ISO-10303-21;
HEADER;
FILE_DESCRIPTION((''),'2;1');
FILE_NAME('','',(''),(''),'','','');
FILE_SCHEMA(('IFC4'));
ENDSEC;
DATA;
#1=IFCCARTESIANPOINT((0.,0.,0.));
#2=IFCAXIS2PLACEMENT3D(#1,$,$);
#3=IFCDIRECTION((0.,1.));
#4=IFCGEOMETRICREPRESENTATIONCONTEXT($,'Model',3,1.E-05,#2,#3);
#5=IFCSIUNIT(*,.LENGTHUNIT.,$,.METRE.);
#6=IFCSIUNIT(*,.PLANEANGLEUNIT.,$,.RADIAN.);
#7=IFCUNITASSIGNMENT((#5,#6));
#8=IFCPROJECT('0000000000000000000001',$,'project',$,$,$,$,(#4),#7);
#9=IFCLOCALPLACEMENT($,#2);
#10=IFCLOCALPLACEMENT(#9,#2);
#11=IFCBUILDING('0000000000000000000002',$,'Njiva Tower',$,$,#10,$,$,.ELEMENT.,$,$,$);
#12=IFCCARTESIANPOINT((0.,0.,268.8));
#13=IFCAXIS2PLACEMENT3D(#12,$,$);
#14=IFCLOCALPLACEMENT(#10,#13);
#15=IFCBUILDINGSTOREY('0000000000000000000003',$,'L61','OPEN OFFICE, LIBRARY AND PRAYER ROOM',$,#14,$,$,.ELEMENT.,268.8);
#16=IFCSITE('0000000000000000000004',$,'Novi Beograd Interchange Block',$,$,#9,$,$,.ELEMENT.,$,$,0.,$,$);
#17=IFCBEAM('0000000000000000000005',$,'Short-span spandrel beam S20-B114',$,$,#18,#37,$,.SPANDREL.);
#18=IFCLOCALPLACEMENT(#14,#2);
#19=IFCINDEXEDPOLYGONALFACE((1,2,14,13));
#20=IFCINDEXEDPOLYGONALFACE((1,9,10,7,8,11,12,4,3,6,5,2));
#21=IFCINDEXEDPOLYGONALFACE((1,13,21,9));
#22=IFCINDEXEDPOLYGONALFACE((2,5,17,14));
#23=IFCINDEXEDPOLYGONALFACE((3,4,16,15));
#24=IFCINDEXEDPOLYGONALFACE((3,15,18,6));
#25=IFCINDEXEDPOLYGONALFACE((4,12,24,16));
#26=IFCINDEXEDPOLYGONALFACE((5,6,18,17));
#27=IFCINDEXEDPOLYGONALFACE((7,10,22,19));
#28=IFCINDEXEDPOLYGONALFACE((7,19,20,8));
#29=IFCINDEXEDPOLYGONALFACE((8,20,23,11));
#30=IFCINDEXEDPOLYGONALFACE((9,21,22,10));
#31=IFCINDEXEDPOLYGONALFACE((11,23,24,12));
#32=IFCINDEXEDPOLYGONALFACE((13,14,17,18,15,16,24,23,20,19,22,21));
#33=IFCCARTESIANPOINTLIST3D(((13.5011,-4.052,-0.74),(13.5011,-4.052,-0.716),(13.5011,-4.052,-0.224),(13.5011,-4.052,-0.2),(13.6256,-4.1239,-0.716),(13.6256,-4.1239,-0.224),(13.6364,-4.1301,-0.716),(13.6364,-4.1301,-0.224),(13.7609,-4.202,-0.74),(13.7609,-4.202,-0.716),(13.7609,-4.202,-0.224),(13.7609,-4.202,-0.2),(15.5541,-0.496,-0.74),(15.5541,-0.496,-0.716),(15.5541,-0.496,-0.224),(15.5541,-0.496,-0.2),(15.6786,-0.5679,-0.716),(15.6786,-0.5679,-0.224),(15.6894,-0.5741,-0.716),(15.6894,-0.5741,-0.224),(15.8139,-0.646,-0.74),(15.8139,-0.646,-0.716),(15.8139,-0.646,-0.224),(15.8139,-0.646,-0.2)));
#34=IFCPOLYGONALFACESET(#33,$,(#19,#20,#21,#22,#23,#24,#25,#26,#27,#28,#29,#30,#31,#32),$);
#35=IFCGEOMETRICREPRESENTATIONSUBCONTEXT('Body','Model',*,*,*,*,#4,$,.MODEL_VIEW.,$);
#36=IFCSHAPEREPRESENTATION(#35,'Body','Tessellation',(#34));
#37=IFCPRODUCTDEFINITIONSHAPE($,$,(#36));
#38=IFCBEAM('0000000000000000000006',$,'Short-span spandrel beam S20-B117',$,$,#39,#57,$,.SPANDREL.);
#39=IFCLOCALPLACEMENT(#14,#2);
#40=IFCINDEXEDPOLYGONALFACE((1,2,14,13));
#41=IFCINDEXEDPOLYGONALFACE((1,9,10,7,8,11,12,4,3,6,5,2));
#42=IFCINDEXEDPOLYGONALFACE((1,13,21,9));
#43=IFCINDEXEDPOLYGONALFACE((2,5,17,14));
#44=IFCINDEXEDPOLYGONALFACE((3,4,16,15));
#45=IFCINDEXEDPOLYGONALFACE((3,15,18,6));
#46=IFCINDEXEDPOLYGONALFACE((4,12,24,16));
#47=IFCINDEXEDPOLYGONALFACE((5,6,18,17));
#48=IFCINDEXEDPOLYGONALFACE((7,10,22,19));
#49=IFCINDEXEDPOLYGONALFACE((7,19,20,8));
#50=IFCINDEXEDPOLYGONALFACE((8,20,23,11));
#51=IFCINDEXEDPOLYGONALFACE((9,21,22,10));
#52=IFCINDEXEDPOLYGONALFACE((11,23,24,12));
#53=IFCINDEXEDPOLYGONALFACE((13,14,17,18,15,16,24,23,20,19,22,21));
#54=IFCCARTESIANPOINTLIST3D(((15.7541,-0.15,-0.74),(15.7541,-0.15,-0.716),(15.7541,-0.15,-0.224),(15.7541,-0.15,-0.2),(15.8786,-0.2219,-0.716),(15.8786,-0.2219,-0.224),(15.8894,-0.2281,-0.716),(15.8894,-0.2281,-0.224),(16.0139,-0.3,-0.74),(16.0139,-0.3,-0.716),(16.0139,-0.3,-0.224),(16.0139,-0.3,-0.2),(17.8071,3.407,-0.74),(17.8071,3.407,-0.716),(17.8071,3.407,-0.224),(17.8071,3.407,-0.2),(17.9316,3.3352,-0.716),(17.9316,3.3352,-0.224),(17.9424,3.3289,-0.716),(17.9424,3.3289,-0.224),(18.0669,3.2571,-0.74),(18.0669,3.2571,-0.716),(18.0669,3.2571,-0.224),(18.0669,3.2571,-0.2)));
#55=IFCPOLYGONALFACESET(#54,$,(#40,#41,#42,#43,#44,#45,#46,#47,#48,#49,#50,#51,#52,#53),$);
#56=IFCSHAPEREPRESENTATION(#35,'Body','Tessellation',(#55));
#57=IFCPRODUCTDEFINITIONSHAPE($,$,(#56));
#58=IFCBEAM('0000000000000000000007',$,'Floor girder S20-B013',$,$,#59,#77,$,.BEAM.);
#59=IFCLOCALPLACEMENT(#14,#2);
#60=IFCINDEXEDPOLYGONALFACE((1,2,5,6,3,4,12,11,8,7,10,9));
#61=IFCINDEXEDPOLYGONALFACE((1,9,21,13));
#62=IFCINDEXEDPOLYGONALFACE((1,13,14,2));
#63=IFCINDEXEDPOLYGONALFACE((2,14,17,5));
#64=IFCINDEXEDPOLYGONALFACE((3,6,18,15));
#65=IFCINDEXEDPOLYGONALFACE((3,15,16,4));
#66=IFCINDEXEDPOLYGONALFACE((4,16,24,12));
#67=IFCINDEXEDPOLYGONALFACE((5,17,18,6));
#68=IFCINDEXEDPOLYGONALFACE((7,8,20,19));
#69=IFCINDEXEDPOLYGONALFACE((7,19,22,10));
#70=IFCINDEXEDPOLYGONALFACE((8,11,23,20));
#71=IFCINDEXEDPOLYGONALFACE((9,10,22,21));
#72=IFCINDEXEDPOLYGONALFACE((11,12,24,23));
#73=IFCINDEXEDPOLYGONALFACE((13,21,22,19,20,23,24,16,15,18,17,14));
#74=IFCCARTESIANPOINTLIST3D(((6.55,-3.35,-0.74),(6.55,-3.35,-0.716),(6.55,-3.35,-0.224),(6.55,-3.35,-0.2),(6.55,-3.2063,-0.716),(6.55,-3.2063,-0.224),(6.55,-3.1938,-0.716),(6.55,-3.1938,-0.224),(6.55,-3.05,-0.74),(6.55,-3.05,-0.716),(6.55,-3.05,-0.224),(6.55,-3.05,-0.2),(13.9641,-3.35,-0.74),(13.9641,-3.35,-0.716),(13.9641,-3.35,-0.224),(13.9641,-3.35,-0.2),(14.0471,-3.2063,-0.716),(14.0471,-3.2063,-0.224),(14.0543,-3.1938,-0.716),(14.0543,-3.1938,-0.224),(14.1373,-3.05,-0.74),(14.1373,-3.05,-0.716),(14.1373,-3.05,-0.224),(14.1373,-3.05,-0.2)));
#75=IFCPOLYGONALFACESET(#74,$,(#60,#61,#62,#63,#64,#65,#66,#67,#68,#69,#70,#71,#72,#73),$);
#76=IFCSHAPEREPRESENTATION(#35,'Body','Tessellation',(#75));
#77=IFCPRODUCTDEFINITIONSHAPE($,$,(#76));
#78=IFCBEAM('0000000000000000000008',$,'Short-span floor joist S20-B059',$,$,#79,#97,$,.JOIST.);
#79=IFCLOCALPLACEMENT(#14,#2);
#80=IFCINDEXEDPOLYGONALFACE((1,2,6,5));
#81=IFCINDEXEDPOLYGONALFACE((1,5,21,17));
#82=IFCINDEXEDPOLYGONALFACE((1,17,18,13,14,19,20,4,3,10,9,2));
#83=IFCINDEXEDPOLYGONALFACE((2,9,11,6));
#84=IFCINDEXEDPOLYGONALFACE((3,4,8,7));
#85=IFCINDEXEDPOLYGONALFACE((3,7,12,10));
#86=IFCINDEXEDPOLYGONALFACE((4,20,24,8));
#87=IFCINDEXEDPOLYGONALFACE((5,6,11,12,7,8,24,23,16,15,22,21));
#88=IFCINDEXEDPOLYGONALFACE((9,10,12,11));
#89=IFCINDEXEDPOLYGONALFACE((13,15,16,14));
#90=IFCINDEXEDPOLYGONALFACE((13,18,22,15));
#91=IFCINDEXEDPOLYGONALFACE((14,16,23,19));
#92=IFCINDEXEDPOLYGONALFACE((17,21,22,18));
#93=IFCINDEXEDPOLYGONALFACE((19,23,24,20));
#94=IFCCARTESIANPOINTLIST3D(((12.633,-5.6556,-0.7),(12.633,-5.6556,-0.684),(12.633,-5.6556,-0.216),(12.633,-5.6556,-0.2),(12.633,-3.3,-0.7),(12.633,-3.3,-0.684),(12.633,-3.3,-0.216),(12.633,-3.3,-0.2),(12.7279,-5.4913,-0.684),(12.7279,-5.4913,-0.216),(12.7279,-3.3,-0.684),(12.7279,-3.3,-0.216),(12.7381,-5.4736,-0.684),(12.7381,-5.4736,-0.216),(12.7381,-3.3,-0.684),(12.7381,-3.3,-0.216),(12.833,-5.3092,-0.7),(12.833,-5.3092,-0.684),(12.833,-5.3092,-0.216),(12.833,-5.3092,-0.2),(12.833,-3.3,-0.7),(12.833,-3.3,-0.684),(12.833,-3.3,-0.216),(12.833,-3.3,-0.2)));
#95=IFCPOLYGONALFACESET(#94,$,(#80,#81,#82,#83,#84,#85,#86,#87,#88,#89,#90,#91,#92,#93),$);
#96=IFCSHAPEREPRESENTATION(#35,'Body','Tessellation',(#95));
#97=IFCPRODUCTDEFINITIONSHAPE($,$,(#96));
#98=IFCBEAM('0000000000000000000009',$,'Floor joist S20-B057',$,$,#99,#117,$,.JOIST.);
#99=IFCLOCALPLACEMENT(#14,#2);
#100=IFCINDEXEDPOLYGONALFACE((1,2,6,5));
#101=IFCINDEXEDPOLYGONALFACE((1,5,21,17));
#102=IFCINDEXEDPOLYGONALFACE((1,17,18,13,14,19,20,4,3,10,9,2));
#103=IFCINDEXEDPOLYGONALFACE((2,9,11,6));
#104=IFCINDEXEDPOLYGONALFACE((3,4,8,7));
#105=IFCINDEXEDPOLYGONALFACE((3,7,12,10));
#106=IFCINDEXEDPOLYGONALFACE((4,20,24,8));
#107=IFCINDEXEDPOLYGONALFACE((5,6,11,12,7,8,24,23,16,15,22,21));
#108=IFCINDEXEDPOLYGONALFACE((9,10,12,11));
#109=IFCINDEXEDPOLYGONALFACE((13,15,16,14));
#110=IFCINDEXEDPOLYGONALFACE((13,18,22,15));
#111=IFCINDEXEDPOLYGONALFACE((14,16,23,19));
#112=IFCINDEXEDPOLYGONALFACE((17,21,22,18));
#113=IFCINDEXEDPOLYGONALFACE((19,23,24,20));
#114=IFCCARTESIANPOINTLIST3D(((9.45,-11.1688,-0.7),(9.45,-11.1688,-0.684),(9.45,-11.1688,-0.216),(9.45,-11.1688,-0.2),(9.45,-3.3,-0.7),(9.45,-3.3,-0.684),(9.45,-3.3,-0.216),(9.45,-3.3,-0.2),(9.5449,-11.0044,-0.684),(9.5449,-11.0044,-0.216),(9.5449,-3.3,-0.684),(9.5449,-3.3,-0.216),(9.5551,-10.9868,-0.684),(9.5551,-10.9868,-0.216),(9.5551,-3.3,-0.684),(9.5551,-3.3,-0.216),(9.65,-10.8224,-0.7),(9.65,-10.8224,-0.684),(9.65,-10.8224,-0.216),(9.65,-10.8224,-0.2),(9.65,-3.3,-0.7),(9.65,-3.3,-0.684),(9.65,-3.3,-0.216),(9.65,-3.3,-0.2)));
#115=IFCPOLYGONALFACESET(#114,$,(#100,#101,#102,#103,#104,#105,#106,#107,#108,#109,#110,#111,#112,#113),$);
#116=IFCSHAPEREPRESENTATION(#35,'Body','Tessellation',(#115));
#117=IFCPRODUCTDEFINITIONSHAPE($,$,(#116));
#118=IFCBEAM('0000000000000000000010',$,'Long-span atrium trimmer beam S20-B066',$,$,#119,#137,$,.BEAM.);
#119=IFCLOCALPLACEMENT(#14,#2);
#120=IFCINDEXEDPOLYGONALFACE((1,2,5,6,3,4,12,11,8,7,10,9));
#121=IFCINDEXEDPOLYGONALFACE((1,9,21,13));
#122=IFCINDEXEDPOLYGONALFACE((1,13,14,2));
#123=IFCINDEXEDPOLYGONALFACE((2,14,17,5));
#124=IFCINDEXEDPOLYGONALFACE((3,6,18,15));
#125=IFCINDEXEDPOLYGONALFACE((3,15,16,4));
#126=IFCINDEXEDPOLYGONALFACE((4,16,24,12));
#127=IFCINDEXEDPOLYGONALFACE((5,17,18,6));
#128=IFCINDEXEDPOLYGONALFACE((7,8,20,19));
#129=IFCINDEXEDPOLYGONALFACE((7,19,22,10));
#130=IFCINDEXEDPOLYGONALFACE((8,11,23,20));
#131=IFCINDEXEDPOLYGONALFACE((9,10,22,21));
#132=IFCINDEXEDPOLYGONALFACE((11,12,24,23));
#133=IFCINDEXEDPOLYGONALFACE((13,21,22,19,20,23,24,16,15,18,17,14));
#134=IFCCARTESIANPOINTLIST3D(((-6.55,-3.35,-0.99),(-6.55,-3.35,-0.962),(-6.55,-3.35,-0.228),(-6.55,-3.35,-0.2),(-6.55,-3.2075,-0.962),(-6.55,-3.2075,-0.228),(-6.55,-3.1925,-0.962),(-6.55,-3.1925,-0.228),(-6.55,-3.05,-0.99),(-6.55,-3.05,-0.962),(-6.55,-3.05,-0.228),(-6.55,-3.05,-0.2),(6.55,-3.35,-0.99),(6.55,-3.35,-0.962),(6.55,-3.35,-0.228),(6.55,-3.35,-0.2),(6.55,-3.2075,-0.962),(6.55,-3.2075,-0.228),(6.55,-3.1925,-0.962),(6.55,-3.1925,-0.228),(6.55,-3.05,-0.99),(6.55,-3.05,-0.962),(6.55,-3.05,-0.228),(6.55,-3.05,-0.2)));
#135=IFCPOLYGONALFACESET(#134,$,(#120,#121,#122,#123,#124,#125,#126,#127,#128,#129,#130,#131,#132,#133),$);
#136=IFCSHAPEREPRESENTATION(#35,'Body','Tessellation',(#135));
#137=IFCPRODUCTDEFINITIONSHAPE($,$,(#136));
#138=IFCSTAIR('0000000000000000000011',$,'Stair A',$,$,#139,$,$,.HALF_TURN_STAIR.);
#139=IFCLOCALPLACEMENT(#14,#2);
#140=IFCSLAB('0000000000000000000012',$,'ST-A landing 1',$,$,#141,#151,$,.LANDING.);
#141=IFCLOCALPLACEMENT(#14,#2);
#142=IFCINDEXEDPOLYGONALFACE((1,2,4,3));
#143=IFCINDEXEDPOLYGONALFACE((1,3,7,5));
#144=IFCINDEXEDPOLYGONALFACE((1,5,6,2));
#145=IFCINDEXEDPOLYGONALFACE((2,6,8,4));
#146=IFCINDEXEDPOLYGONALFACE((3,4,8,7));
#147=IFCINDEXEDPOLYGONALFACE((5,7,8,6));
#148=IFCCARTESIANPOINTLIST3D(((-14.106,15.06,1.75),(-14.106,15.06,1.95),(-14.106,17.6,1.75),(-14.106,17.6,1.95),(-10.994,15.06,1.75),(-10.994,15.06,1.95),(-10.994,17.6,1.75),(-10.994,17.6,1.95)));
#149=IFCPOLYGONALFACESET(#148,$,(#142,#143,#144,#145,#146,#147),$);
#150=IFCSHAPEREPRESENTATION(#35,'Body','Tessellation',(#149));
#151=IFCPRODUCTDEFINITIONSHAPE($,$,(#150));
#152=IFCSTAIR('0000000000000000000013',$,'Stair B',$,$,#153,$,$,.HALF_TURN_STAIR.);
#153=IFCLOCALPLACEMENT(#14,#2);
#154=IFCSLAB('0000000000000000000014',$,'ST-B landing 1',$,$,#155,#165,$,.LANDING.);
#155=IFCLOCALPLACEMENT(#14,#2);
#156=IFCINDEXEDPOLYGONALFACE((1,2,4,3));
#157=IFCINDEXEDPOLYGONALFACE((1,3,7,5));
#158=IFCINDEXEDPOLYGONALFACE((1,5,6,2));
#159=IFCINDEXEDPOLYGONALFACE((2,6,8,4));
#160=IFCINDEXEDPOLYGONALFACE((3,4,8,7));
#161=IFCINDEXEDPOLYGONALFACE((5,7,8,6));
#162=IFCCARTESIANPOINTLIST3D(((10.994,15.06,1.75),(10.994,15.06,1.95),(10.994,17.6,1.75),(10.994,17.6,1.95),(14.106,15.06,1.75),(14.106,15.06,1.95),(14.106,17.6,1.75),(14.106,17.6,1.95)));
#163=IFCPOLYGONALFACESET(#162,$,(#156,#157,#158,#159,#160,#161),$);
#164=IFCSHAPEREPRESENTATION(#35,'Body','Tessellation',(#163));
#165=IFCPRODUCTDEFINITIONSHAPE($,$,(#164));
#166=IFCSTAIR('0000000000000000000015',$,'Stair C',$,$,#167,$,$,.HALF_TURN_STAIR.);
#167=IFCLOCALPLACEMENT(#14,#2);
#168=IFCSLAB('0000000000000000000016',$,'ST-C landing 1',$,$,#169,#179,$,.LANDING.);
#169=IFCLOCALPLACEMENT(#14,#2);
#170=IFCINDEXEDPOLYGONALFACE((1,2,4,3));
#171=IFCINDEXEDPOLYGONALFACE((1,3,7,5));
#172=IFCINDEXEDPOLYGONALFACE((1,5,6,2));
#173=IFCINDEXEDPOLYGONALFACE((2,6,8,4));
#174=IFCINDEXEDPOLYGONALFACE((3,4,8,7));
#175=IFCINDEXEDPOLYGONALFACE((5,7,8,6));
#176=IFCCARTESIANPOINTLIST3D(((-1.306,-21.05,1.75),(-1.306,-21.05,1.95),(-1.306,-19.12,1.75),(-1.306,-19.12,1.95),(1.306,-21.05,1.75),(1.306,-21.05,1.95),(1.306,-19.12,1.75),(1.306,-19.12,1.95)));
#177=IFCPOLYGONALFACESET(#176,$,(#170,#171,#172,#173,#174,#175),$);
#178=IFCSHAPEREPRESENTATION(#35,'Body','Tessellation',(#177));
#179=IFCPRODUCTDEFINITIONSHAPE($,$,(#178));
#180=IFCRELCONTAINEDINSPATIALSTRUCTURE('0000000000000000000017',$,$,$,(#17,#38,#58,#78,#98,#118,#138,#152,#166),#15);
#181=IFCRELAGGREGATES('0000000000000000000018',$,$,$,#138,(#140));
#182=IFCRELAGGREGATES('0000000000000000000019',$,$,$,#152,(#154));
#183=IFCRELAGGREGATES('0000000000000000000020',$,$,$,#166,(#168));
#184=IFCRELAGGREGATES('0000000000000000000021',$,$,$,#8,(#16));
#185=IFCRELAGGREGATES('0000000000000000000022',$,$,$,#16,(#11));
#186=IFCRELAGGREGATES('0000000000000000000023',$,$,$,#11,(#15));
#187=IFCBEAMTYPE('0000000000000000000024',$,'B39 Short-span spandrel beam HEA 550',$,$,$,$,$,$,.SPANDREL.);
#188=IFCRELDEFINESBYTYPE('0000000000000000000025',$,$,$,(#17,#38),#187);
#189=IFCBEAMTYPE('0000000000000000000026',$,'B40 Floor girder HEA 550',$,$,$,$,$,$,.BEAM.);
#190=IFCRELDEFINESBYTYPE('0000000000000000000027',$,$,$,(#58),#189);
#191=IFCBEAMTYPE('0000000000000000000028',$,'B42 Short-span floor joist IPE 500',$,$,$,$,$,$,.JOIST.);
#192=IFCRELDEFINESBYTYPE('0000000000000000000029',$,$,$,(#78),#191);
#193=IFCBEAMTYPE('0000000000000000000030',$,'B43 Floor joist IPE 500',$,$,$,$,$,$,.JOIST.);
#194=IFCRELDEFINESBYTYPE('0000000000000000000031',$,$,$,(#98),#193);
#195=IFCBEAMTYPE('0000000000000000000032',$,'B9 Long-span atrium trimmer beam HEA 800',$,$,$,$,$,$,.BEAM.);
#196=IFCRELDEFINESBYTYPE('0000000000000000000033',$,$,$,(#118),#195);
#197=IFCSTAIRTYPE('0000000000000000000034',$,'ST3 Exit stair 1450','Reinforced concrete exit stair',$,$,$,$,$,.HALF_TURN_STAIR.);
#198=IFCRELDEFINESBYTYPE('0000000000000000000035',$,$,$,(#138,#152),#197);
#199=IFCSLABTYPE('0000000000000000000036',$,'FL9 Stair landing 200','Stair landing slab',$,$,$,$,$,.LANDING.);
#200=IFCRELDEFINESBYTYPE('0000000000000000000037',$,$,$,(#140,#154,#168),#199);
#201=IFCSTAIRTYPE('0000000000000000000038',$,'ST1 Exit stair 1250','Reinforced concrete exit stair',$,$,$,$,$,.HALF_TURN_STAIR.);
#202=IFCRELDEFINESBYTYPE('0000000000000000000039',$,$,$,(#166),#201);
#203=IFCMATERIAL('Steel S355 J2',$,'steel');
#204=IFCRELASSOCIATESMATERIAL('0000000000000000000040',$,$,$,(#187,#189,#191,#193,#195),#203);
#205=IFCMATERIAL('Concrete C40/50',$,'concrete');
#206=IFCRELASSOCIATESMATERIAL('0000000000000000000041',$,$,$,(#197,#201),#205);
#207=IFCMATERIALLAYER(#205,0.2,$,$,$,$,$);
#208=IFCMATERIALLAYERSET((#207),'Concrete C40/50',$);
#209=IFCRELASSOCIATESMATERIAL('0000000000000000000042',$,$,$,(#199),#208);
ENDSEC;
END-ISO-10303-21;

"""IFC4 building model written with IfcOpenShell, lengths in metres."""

from ifc_helpers import new_model, si_unit, direction, frame, origin, origin_2d, place, context, subcontext, project, spatial, polyline, i_section, outline, extrude, clip, halfspace, material, layer, layer_set, material_profile, profile_set, type_object, element, aggregate, save


model = new_model("IFC4")

# Units and contexts
model_context = context("Model", 3, precision=1e-05, world=origin(), true_north=direction((0.0, 1.0)))
body_context = subcontext(model_context, "Body", "Model", "MODEL_VIEW")
ifc_project = project(units=[si_unit("LENGTHUNIT", "METRE"), si_unit("PLANEANGLEUNIT", "RADIAN")], contexts=[model_context])

# Site, building, storey
site_placement = place(None, origin())
site = spatial("IfcSite", under=ifc_project, at=site_placement, Name="Novi Beograd Interchange Block", CompositionType="ELEMENT", RefElevation=0.0)
building_placement = place(site_placement, origin())
building = spatial("IfcBuilding", under=site, at=building_placement, Name="Njiva Tower", CompositionType="ELEMENT")
storey_placement = place(building_placement, frame((0.0, 0.0, 268.8)))
storey = spatial("IfcBuildingStorey", under=building, at=storey_placement, Name="L61", Description="OPEN OFFICE, LIBRARY AND PRAYER ROOM", CompositionType="ELEMENT", Elevation=268.8)

# Shared definitions
ifc_material_1 = material(Name="Steel S355 J2", Category="steel")

# Beams
ifc_material_profile_1 = material_profile(ifc_material_1, i_section(OverallWidth=0.3, OverallDepth=0.54, WebThickness=0.0125, FlangeThickness=0.024, at=origin_2d()), Name="HEA 550")
ifc_profile_set_1 = profile_set([ifc_material_profile_1], Name="Steel S355 J2")
beam_type_1 = type_object("IfcBeamType", Name="B39 Short-span spandrel beam HEA 550", PredefinedType="SPANDREL", material=ifc_profile_set_1)
beam_1_placement = place(storey_placement, frame((13.631, -4.127, -0.47), z_axis=(0.499989, 0.866031, 0.0), x_axis=(-0.866031, 0.499989, 0.0)))
element("IfcBeam", 1, at=beam_1_placement, inside=storey, type_object=beam_type_1, Name="Short-span spandrel beam S20-B114", PredefinedType="SPANDREL", context=body_context, shape_type="SweptSolid", body=[
    extrude(i_section(OverallWidth=0.3, OverallDepth=0.54, WebThickness=0.0125, FlangeThickness=0.024, at=origin_2d()), origin(), (0.0, 0.0, 1.0), 4.1061),
])
beam_2_placement = place(storey_placement, frame((15.884, -0.225, -0.47), z_axis=(0.499884, 0.866092, 0.0), x_axis=(-0.866092, 0.499884, 0.0)))
element("IfcBeam", 2, at=beam_2_placement, inside=storey, type_object=beam_type_1, Name="Short-span spandrel beam S20-B117", PredefinedType="SPANDREL", context=body_context, shape_type="SweptSolid", body=[
    extrude(i_section(OverallWidth=0.3, OverallDepth=0.54, WebThickness=0.0125, FlangeThickness=0.024, at=origin_2d()), origin(), (0.0, 0.0, 1.0), 4.107),
])
ifc_material_profile_2 = material_profile(ifc_material_1, i_section(OverallWidth=0.3, OverallDepth=0.54, WebThickness=0.0125, FlangeThickness=0.024, at=origin_2d()), Name="HEA 550")
ifc_profile_set_2 = profile_set([ifc_material_profile_2], Name="Steel S355 J2")
beam_type_2 = type_object("IfcBeamType", Name="B40 Floor girder HEA 550", PredefinedType="BEAM", material=ifc_profile_set_2)
beam_3_placement = place(storey_placement, frame((6.55, -3.2, -0.47), z_axis=(1.0, 0.0, 0.0), x_axis=(0.0, 1.0, 0.0)))
element("IfcBeam", 3, at=beam_3_placement, inside=storey, type_object=beam_type_2, Name="Floor girder S20-B013", PredefinedType="BEAM", context=body_context, shape_type="Clipping", body=[
    clip(extrude(i_section(OverallWidth=0.3, OverallDepth=0.54, WebThickness=0.0125, FlangeThickness=0.024, at=origin_2d()), origin(), (0.0, 0.0, 1.0), 7.608), halfspace(frame((-0.025, 0.0, 7.4863), z_axis=(-0.499998, 0.0, 0.866027), x_axis=(0.0, 1.0, 0.0)), False)),
])
ifc_material_profile_3 = material_profile(ifc_material_1, i_section(OverallWidth=0.2, OverallDepth=0.5, WebThickness=0.0102, FlangeThickness=0.016, at=origin_2d()), Name="IPE 500")
ifc_profile_set_3 = profile_set([ifc_material_profile_3], Name="Steel S355 J2")
beam_type_3 = type_object("IfcBeamType", Name="B42 Short-span floor joist IPE 500", PredefinedType="JOIST", material=ifc_profile_set_3)
beam_4_placement = place(storey_placement, frame((12.733, -3.3, -0.45), z_axis=(0.0, -1.0, 0.0), x_axis=(1.0, 0.0, 0.0)))
element("IfcBeam", 4, at=beam_4_placement, inside=storey, type_object=beam_type_3, Name="Short-span floor joist S20-B059", PredefinedType="JOIST", context=body_context, shape_type="Clipping", body=[
    clip(extrude(i_section(OverallWidth=0.2, OverallDepth=0.5, WebThickness=0.0102, FlangeThickness=0.016, at=origin_2d()), origin(), (0.0, 0.0, 1.0), 2.375), halfspace(frame((0.0436, 0.0, 2.1069), z_axis=(0.866027, 0.0, 0.499998), x_axis=(0.0, 1.0, 0.0)), False)),
])
ifc_material_profile_4 = material_profile(ifc_material_1, i_section(OverallWidth=0.2, OverallDepth=0.5, WebThickness=0.0102, FlangeThickness=0.016, at=origin_2d()), Name="IPE 500")
ifc_profile_set_4 = profile_set([ifc_material_profile_4], Name="Steel S355 J2")
beam_type_4 = type_object("IfcBeamType", Name="B43 Floor joist IPE 500", PredefinedType="JOIST", material=ifc_profile_set_4)
beam_5_placement = place(storey_placement, frame((9.55, -3.3, -0.45), z_axis=(0.0, -1.0, 0.0), x_axis=(1.0, 0.0, 0.0)))
element("IfcBeam", 5, at=beam_5_placement, inside=storey, type_object=beam_type_4, Name="Floor joist S20-B057", PredefinedType="JOIST", context=body_context, shape_type="Clipping", body=[
    clip(extrude(i_section(OverallWidth=0.2, OverallDepth=0.5, WebThickness=0.0102, FlangeThickness=0.016, at=origin_2d()), origin(), (0.0, 0.0, 1.0), 7.889), halfspace(frame((0.0433, 0.0, 7.6206), z_axis=(0.866027, 0.0, 0.499998), x_axis=(0.0, 1.0, 0.0)), False)),
])
ifc_material_profile_5 = material_profile(ifc_material_1, i_section(OverallWidth=0.3, OverallDepth=0.79, WebThickness=0.015, FlangeThickness=0.028, at=origin_2d()), Name="HEA 800")
ifc_profile_set_5 = profile_set([ifc_material_profile_5], Name="Steel S355 J2")
beam_type_5 = type_object("IfcBeamType", Name="B9 Long-span atrium trimmer beam HEA 800", PredefinedType="BEAM", material=ifc_profile_set_5)
beam_6_placement = place(storey_placement, frame((6.55, -3.2, -0.595), z_axis=(-1.0, 0.0, 0.0), x_axis=(0.0, -1.0, 0.0)))
element("IfcBeam", 6, at=beam_6_placement, inside=storey, type_object=beam_type_5, Name="Long-span atrium trimmer beam S20-B066", PredefinedType="BEAM", context=body_context, shape_type="SweptSolid", body=[
    extrude(i_section(OverallWidth=0.3, OverallDepth=0.79, WebThickness=0.015, FlangeThickness=0.028, at=origin_2d()), origin(), (0.0, 0.0, 1.0), 13.1),
])

# Stairs, slabs
ifc_material_2 = material(Name="Concrete C40/50", Category="concrete")
stair_type_1 = type_object("IfcStairType", Name="ST3 Exit stair 1450", Description="Reinforced concrete exit stair", PredefinedType="HALF_TURN_STAIR", material=ifc_material_2)
stair_1_placement = place(storey_placement, origin())
stair_1 = element("IfcStair", 7, at=stair_1_placement, inside=storey, type_object=stair_type_1, Name="Stair A", PredefinedType="HALF_TURN_STAIR")
ifc_layer_1 = layer(ifc_material_2, 0.2)
ifc_layer_set_1 = layer_set([ifc_layer_1], Name="Concrete C40/50")
slab_type = type_object("IfcSlabType", Name="FL9 Stair landing 200", Description="Stair landing slab", PredefinedType="LANDING", material=ifc_layer_set_1)
slab_1_placement = place(storey_placement, frame((0.0, 0.0, 1.75)))
slab_1 = element("IfcSlab", 8, at=slab_1_placement, type_object=slab_type, Name="ST-A landing 1", PredefinedType="LANDING", context=body_context, shape_type="SweptSolid", body=[
    extrude(outline(polyline([(-14.106, 15.06), (-10.994, 15.06), (-10.994, 17.6), (-14.106, 17.6), (-14.106, 15.06)])), origin(), (0.0, 0.0, 1.0), 0.2),
])
aggregate(stair_1, [slab_1])
stair_2_placement = place(storey_placement, origin())
stair_2 = element("IfcStair", 9, at=stair_2_placement, inside=storey, type_object=stair_type_1, Name="Stair B", PredefinedType="HALF_TURN_STAIR")
slab_2_placement = place(storey_placement, frame((0.0, 0.0, 1.75)))
slab_2 = element("IfcSlab", 10, at=slab_2_placement, type_object=slab_type, Name="ST-B landing 1", PredefinedType="LANDING", context=body_context, shape_type="SweptSolid", body=[
    extrude(outline(polyline([(10.994, 15.06), (14.106, 15.06), (14.106, 17.6), (10.994, 17.6), (10.994, 15.06)])), origin(), (0.0, 0.0, 1.0), 0.2),
])
aggregate(stair_2, [slab_2])
stair_type_2 = type_object("IfcStairType", Name="ST1 Exit stair 1250", Description="Reinforced concrete exit stair", PredefinedType="HALF_TURN_STAIR", material=ifc_material_2)
stair_3_placement = place(storey_placement, origin())
stair_3 = element("IfcStair", 11, at=stair_3_placement, inside=storey, type_object=stair_type_2, Name="Stair C", PredefinedType="HALF_TURN_STAIR")
slab_3_placement = place(storey_placement, frame((0.0, 0.0, 1.75)))
slab_3 = element("IfcSlab", 12, at=slab_3_placement, type_object=slab_type, Name="ST-C landing 1", PredefinedType="LANDING", context=body_context, shape_type="SweptSolid", body=[
    extrude(outline(polyline([(-1.306, -21.05), (1.306, -21.05), (1.306, -19.12), (-1.306, -19.12), (-1.306, -21.05)])), origin(), (0.0, 0.0, 1.0), 0.2),
])
aggregate(stair_3, [slab_3])

save(model, "model.ifc")
